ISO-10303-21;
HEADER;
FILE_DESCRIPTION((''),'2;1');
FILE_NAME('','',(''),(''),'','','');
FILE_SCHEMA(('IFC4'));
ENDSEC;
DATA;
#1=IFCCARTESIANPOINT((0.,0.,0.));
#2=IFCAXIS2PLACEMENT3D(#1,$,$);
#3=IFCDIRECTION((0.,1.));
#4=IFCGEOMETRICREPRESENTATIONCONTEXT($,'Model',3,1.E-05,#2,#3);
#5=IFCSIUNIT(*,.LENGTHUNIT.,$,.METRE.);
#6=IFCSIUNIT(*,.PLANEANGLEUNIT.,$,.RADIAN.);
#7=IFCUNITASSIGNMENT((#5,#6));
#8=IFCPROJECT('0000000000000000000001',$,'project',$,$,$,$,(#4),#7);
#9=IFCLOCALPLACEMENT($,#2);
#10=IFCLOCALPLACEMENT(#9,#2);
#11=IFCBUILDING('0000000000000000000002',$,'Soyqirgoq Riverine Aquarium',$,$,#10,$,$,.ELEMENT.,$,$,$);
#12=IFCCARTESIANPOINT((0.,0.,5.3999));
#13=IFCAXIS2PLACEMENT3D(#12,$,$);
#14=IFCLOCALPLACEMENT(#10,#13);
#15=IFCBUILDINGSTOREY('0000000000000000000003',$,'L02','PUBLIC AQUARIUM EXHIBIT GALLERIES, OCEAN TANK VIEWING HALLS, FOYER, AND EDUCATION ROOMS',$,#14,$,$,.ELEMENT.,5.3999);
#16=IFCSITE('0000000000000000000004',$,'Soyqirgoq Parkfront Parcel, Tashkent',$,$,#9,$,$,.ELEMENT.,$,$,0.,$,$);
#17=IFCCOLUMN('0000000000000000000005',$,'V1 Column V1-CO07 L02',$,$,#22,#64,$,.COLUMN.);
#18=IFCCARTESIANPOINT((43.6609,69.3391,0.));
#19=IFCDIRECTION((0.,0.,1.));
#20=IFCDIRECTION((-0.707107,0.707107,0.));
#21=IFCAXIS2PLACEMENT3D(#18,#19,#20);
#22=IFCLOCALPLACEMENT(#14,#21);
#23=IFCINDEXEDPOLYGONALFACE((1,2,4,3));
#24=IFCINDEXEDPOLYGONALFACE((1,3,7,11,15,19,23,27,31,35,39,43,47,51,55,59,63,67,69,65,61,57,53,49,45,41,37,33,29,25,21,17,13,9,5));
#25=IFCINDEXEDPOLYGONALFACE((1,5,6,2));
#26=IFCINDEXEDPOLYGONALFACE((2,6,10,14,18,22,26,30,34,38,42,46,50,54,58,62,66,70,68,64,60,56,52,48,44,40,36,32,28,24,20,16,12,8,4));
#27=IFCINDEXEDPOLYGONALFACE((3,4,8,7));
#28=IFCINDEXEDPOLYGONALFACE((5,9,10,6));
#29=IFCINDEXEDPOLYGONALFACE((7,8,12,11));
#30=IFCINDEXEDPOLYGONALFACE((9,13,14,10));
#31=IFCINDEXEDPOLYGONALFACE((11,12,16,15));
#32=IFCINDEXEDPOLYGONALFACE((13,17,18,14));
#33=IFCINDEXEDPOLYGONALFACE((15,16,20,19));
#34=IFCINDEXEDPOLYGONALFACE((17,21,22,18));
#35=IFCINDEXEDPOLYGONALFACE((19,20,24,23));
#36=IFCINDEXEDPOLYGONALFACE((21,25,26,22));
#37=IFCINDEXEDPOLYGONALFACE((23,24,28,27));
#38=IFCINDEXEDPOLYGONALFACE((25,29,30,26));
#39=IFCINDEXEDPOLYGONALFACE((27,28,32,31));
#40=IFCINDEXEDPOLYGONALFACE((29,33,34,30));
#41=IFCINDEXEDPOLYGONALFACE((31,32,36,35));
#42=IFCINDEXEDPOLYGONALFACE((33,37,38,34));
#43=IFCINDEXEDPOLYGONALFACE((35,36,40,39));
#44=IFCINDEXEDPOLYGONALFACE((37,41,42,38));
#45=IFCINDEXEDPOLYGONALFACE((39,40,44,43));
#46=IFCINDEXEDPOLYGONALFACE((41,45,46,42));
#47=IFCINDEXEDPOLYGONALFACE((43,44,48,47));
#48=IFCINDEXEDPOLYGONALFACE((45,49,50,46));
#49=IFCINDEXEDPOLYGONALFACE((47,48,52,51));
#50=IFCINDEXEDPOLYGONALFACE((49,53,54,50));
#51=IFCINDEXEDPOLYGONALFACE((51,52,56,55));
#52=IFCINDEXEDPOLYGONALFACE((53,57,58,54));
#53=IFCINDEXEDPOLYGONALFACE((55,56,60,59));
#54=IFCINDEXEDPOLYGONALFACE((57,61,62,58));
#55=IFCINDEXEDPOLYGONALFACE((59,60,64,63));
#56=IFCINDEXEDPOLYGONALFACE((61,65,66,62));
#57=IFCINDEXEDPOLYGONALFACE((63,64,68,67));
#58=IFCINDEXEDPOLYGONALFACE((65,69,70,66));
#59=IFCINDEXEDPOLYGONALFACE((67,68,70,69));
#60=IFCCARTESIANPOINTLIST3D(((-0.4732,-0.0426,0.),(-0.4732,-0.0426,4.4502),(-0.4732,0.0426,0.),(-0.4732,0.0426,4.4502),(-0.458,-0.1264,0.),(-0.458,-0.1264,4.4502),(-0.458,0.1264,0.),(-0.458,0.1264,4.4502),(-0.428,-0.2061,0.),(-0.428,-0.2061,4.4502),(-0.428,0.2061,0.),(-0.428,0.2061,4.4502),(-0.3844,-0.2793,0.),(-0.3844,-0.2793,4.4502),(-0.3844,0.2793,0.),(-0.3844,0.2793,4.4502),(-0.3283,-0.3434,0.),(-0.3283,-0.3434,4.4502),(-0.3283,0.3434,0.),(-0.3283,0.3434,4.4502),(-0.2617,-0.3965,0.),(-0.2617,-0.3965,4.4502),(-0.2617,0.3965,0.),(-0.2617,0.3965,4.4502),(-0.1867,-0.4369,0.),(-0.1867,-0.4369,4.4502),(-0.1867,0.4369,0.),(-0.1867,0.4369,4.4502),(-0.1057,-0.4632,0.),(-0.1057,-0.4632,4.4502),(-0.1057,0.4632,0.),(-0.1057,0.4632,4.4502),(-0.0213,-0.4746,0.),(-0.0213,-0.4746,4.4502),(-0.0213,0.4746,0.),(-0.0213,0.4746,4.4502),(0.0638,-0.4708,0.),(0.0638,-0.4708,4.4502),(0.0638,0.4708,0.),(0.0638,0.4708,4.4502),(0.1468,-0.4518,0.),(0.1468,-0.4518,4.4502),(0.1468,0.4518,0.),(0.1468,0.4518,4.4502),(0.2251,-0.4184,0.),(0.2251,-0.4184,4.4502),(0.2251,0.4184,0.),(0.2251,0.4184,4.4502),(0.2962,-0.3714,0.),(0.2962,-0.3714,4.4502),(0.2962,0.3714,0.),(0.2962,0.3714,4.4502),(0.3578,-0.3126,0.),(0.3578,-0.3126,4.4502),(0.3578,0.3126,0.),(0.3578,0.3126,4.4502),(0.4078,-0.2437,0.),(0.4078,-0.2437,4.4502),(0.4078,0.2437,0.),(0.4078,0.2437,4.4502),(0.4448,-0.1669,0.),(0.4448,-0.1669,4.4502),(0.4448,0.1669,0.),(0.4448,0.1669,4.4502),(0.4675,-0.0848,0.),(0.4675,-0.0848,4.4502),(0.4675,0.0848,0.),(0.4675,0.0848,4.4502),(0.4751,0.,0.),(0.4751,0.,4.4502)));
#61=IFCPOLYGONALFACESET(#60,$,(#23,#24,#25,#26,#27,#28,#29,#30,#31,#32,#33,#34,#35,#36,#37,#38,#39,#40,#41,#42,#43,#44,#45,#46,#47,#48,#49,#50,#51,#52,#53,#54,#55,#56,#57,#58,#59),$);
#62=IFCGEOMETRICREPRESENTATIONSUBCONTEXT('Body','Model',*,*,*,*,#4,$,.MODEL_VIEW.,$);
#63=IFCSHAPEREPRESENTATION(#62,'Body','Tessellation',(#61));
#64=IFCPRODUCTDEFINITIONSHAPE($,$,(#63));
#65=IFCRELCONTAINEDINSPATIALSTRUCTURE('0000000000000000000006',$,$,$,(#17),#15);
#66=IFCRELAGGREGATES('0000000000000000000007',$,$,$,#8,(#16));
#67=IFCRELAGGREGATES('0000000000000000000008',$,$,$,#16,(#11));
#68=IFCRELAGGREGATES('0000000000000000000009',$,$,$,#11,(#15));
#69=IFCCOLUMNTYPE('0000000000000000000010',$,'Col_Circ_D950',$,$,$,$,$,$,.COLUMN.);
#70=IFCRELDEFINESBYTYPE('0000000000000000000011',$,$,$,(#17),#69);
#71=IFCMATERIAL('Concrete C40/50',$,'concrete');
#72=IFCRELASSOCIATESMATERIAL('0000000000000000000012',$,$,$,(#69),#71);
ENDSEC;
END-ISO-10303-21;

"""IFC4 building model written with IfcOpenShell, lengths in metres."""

from ifc_helpers import new_model, si_unit, direction, frame, origin, origin_2d, place, context, subcontext, project, spatial, circle, extrude, material, material_profile, profile_set, type_object, element, save


model = new_model("IFC4")

# Units and contexts
model_context = context("Model", 3, precision=1e-05, world=origin(), true_north=direction((0.0, 1.0)))
body_context = subcontext(model_context, "Body", "Model", "MODEL_VIEW")
ifc_project = project(units=[si_unit("LENGTHUNIT", "METRE"), si_unit("PLANEANGLEUNIT", "RADIAN")], contexts=[model_context])

# Site, building, storey
site_placement = place(None, origin())
site = spatial("IfcSite", under=ifc_project, at=site_placement, Name="Soyqirgoq Parkfront Parcel, Tashkent", CompositionType="ELEMENT", RefElevation=0.0)
building_placement = place(site_placement, origin())
building = spatial("IfcBuilding", under=site, at=building_placement, Name="Soyqirgoq Riverine Aquarium", CompositionType="ELEMENT")
storey_placement = place(building_placement, frame((0.0, 0.0, 5.3999)))
storey = spatial("IfcBuildingStorey", under=building, at=storey_placement, Name="L02", Description="PUBLIC AQUARIUM EXHIBIT GALLERIES, OCEAN TANK VIEWING HALLS, FOYER, AND EDUCATION ROOMS", CompositionType="ELEMENT", Elevation=5.3999)

# Column
ifc_material_1 = material(Name="Concrete C40/50", Category="concrete")
ifc_material_profile_1 = material_profile(ifc_material_1, circle(Radius=0.4751, at=origin_2d()), Name="RC-COL D950")
ifc_profile_set_1 = profile_set([ifc_material_profile_1], Name="Concrete C40/50")
column_type = type_object("IfcColumnType", Name="Col_Circ_D950", PredefinedType="COLUMN", material=ifc_profile_set_1)
column_placement = place(storey_placement, frame((43.6609, 69.3391, 0.0), z_axis=(0.0, 0.0, 1.0), x_axis=(-0.707107, 0.707107, 0.0)))
element("IfcColumn", 1, at=column_placement, inside=storey, type_object=column_type, Name="V1 Column V1-CO07 L02", PredefinedType="COLUMN", context=body_context, shape_type="SweptSolid", body=[
    extrude(circle(Radius=0.4751, at=origin_2d()), origin(), (0.0, 0.0, 1.0), 4.4502),
])

save(model, "model.ifc")
